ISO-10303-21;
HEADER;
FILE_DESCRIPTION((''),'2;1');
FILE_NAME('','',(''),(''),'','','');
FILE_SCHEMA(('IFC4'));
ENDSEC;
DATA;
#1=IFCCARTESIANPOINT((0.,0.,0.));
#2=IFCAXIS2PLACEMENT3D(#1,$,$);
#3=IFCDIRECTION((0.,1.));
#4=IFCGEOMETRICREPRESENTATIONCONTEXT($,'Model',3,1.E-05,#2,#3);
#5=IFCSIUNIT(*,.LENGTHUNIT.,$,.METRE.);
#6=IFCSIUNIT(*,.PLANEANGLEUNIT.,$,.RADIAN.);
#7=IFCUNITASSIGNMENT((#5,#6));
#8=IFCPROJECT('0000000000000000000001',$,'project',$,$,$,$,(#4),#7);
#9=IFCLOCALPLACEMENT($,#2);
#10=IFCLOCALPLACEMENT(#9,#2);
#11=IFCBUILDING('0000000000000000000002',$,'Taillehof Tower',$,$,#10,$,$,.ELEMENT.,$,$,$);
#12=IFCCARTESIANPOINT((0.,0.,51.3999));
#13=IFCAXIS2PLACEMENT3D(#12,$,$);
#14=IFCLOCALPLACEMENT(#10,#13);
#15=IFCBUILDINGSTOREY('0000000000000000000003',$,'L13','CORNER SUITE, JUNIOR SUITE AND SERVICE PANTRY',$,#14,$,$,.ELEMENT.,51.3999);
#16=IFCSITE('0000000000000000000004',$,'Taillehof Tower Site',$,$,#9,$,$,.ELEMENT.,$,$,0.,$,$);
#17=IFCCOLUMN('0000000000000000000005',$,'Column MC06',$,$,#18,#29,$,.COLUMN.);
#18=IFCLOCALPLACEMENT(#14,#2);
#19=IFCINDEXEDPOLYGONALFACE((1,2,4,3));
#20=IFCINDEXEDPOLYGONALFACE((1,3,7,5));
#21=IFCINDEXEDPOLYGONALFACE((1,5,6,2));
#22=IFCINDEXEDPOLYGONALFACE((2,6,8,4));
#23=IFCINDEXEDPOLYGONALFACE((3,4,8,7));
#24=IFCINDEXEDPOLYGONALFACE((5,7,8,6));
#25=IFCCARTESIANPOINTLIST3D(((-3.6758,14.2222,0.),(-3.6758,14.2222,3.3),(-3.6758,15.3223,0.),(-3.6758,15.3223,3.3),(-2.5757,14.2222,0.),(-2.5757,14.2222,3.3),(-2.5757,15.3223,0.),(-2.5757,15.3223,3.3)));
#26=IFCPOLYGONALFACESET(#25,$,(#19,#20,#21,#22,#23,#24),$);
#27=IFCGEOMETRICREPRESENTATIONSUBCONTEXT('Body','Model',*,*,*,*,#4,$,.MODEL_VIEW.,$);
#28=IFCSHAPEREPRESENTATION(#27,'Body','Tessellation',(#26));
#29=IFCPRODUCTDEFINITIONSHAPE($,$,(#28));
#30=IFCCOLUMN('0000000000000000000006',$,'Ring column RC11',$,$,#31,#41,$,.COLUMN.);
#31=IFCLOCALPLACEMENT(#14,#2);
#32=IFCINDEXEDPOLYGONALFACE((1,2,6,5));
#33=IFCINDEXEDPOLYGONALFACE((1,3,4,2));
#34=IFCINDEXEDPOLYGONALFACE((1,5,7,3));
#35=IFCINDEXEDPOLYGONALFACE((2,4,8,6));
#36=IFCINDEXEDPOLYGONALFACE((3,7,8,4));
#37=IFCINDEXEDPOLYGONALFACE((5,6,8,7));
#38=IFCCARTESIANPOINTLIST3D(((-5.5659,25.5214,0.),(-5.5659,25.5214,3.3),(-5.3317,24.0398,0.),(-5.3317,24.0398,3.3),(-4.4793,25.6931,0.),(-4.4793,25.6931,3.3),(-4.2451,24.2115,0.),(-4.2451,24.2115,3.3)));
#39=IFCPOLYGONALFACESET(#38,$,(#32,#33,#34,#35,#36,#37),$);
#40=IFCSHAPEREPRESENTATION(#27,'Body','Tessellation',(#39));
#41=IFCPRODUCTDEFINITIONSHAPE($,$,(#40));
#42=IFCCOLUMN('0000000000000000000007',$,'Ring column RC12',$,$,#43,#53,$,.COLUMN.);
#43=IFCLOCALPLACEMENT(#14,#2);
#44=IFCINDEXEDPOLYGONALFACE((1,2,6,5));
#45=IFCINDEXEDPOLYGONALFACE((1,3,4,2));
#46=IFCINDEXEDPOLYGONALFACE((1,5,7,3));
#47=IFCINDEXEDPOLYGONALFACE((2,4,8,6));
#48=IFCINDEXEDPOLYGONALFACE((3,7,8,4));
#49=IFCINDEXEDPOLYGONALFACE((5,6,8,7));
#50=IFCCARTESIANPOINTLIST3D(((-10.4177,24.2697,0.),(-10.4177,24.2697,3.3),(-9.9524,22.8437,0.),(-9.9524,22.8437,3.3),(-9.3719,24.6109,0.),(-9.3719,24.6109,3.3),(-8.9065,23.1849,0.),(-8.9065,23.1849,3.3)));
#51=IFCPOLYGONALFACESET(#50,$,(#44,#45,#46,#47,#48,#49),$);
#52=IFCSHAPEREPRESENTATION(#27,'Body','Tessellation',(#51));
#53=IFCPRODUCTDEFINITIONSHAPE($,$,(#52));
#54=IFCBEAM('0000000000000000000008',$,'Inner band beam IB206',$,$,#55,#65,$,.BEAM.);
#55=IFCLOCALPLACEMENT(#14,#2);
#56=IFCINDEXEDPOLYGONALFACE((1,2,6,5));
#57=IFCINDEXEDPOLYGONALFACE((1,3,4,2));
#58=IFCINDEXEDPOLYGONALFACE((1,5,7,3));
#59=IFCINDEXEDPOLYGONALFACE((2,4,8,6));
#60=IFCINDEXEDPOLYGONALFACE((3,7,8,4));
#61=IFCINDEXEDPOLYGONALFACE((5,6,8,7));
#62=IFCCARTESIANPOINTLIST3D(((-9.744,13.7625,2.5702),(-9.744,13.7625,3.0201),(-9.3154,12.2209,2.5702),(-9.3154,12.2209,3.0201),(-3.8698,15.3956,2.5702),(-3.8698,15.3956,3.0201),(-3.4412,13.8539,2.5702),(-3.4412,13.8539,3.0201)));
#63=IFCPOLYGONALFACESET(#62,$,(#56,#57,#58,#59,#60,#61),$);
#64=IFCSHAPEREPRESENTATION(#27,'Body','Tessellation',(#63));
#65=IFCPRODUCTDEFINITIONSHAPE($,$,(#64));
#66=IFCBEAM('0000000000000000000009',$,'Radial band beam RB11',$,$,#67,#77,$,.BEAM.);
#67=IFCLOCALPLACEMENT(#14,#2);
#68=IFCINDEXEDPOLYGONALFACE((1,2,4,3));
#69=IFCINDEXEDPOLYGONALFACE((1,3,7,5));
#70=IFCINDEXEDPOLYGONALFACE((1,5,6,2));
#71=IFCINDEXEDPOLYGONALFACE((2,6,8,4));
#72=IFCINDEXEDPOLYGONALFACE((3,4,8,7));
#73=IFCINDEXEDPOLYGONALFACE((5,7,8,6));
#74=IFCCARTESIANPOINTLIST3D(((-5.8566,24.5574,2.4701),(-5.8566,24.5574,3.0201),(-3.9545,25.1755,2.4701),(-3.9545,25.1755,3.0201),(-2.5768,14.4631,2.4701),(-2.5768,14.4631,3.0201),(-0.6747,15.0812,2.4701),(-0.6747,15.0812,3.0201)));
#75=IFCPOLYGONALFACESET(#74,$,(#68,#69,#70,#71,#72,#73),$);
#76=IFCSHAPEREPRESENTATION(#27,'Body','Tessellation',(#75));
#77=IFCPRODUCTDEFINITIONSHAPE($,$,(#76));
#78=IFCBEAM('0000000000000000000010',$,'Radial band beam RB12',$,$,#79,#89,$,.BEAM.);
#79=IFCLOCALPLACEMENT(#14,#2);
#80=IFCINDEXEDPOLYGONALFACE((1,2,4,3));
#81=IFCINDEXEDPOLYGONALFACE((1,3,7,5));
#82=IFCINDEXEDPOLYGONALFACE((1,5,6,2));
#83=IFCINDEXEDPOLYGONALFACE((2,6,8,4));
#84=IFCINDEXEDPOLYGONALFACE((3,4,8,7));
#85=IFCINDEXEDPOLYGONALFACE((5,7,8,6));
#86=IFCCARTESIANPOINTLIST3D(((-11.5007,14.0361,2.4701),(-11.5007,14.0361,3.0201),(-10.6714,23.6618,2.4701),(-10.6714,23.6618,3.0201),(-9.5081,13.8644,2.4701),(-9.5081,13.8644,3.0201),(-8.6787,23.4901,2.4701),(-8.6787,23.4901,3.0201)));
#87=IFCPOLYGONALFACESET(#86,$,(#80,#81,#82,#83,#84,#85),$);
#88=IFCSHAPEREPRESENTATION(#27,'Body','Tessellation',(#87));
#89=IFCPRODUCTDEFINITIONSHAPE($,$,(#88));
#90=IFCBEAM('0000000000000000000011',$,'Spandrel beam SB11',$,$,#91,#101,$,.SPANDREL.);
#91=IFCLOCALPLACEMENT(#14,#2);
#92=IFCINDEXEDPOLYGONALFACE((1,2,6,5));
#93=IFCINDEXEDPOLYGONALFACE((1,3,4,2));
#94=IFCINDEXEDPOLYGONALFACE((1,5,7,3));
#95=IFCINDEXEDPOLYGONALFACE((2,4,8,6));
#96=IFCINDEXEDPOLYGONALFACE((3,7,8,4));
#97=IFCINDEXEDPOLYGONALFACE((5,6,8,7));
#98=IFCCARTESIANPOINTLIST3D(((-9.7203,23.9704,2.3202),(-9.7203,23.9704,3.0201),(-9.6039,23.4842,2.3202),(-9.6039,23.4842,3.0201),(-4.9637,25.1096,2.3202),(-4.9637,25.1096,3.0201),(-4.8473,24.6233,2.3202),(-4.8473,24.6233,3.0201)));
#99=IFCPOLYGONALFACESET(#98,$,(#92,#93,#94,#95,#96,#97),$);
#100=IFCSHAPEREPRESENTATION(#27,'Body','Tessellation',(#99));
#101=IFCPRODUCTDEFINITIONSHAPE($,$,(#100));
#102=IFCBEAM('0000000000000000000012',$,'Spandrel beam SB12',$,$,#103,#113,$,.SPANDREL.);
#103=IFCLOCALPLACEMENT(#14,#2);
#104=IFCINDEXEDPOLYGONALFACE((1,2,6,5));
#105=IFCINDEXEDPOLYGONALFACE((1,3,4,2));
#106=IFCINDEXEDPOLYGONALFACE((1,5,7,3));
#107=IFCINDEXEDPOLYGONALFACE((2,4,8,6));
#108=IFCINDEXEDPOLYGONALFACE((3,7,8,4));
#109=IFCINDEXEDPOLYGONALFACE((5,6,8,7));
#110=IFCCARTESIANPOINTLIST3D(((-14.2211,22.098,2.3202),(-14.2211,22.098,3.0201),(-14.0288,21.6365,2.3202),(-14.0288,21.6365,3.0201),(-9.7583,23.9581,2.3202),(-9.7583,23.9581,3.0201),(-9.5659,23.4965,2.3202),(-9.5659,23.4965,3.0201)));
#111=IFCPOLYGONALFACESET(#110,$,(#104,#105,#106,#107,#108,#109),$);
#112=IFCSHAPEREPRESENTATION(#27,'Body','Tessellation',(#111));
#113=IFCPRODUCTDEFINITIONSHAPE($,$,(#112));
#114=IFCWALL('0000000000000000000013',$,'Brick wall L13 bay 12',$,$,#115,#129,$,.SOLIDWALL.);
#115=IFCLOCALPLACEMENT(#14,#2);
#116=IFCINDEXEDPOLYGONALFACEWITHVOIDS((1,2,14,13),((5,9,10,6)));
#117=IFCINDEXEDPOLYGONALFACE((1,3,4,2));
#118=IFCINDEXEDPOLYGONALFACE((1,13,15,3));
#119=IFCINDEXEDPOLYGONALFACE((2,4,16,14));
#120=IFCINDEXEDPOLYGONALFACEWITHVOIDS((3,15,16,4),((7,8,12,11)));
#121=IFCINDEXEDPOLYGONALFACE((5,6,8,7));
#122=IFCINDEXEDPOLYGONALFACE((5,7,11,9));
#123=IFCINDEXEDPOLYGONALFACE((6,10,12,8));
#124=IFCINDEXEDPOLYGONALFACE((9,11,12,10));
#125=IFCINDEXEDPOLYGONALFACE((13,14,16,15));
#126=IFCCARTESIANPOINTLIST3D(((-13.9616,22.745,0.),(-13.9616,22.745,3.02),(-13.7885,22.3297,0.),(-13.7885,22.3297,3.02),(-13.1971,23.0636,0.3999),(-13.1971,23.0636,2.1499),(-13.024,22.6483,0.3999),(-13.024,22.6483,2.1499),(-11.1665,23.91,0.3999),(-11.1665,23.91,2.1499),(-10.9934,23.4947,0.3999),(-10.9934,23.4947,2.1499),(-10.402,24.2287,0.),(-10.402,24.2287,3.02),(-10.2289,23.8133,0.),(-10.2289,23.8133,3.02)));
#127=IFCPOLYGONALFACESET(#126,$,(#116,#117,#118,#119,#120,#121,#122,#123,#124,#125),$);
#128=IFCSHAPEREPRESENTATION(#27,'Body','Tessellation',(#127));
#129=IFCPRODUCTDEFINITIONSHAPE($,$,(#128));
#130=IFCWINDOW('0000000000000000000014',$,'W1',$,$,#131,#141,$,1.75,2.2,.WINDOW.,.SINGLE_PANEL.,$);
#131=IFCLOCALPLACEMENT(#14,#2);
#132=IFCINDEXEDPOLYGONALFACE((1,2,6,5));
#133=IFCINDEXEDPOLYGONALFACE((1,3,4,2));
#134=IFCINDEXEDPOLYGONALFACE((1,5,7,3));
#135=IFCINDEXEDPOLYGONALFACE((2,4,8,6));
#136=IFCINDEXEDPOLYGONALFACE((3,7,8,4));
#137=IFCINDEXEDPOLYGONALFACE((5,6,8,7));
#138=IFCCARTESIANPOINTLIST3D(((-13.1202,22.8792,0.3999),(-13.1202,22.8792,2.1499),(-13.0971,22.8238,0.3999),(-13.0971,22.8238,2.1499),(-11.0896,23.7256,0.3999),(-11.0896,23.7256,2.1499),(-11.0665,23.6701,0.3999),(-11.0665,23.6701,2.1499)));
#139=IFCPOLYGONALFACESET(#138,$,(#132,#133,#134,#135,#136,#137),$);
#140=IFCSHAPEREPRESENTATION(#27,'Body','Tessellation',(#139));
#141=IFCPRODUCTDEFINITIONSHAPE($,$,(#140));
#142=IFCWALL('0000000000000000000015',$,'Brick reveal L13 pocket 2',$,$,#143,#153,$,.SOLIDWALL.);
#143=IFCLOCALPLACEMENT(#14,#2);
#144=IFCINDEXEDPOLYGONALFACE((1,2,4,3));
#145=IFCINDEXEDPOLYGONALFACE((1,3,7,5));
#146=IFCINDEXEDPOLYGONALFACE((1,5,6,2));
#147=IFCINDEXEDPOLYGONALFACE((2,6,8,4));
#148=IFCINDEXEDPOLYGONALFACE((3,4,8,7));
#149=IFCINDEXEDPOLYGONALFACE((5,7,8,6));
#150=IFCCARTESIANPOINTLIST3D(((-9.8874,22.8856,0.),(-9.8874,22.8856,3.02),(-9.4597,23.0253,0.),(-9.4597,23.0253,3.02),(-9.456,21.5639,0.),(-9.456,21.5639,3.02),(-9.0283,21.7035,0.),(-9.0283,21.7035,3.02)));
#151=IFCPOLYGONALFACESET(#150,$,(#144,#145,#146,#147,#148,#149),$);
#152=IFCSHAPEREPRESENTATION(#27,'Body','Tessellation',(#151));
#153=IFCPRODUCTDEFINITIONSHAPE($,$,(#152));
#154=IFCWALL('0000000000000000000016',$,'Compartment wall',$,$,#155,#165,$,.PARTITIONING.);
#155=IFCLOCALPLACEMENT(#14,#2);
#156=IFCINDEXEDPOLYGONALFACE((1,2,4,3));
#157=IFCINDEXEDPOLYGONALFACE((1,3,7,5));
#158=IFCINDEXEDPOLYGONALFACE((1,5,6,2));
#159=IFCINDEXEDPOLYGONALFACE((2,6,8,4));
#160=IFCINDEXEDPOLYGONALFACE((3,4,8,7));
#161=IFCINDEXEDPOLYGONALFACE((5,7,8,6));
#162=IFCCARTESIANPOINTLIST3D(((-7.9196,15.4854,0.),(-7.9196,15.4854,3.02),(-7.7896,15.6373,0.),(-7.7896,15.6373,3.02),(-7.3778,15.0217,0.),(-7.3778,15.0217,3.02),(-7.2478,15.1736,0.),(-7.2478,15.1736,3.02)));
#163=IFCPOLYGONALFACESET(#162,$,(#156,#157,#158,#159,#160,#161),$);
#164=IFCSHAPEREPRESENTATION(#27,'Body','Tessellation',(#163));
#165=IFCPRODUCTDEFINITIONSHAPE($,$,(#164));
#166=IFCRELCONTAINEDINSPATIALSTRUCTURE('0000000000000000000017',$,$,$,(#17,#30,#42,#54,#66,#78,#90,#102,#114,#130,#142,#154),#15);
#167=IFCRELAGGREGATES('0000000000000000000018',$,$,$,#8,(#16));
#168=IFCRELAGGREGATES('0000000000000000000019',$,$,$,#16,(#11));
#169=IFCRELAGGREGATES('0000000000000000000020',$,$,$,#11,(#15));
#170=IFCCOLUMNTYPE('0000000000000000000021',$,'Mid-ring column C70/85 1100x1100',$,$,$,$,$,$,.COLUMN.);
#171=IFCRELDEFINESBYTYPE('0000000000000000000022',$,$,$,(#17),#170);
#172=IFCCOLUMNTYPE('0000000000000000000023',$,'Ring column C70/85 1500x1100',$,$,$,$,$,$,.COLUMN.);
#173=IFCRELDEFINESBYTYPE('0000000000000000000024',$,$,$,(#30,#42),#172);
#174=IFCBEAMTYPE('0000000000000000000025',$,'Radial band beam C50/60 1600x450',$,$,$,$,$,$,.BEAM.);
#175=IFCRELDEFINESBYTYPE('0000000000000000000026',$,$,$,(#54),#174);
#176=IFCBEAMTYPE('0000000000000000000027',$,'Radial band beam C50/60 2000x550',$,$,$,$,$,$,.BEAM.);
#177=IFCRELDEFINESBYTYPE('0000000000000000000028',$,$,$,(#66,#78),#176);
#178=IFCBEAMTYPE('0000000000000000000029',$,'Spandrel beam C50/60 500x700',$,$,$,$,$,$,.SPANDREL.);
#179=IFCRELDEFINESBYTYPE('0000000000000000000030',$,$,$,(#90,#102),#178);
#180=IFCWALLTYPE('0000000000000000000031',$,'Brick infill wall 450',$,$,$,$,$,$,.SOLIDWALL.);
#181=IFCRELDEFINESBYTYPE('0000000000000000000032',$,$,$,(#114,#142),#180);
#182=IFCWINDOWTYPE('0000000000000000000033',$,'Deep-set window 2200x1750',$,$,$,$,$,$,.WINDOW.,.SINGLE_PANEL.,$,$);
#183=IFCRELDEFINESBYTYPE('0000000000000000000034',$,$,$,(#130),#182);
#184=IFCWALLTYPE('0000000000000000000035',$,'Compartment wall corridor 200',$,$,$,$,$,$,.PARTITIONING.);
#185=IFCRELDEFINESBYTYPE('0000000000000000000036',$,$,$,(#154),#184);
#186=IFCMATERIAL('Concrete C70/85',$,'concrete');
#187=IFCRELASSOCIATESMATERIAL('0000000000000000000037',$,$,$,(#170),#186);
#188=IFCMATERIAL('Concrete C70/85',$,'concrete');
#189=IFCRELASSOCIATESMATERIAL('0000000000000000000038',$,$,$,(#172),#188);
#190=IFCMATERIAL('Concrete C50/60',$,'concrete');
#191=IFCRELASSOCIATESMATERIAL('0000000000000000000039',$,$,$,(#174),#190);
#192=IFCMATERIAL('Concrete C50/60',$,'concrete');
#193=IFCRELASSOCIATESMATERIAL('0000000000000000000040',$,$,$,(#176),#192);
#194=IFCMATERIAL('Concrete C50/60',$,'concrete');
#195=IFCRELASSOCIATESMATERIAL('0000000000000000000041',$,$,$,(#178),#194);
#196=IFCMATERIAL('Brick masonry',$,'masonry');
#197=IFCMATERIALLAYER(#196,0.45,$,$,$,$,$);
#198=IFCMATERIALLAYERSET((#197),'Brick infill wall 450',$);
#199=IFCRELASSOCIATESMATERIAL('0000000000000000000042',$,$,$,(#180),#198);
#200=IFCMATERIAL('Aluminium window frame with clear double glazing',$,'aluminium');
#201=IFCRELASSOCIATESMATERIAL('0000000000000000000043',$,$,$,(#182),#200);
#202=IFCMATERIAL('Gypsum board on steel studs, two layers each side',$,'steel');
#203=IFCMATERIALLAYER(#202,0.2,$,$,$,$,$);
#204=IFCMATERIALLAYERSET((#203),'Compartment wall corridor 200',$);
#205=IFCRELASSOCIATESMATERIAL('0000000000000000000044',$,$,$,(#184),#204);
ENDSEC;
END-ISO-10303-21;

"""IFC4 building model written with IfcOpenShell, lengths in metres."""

from ifc_helpers import new_model, si_unit, direction, frame, frame_2d, origin, origin_2d, place, context, subcontext, project, spatial, rectangle, extrude, material, layer, layer_set, material_profile, profile_set, type_object, element, fill, save


model = new_model("IFC4")

# Units and contexts
model_context = context("Model", 3, precision=1e-05, world=origin(), true_north=direction((0.0, 1.0)))
body_context = subcontext(model_context, "Body", "Model", "MODEL_VIEW")
ifc_project = project(units=[si_unit("LENGTHUNIT", "METRE"), si_unit("PLANEANGLEUNIT", "RADIAN")], contexts=[model_context])

# Site, building, storey
site_placement = place(None, origin())
site = spatial("IfcSite", under=ifc_project, at=site_placement, Name="Taillehof Tower Site", CompositionType="ELEMENT", RefElevation=0.0)
building_placement = place(site_placement, origin())
building = spatial("IfcBuilding", under=site, at=building_placement, Name="Taillehof Tower", CompositionType="ELEMENT")
storey_placement = place(building_placement, frame((0.0, 0.0, 51.3999)))
storey = spatial("IfcBuildingStorey", under=building, at=storey_placement, Name="L13", Description="CORNER SUITE, JUNIOR SUITE AND SERVICE PANTRY", CompositionType="ELEMENT", Elevation=51.3999)

# Columns
ifc_material_1 = material(Name="Concrete C70/85", Category="concrete")
ifc_material_profile_1 = material_profile(ifc_material_1, rectangle(XDim=1.1001, YDim=1.1001, at=origin_2d()), Name="RC 1100x1100")
ifc_profile_set_1 = profile_set([ifc_material_profile_1], Name="Concrete C70/85")
column_type_1 = type_object("IfcColumnType", Name="Mid-ring column C70/85 1100x1100", PredefinedType="COLUMN", material=ifc_profile_set_1)
column_placement = place(storey_placement, frame((-3.1257, 14.7722, 0.0), z_axis=(0.0, 0.0, 1.0), x_axis=(1.0, 0.0, 0.0)))
element("IfcColumn", 1, at=column_placement, inside=storey, type_object=column_type_1, Name="Column MC06", PredefinedType="COLUMN", context=body_context, shape_type="SweptSolid", body=[
    extrude(rectangle(XDim=1.1001, YDim=1.1001, at=origin_2d()), origin(), (0.0, 0.0, 1.0), 3.3),
])
ifc_material_2 = material(Name="Concrete C70/85", Category="concrete")
ifc_material_profile_2 = material_profile(ifc_material_2, rectangle(XDim=1.5, YDim=1.1001, at=origin_2d()), Name="RC 1500x1100")
ifc_profile_set_2 = profile_set([ifc_material_profile_2], Name="Concrete C70/85")
column_type_2 = type_object("IfcColumnType", Name="Ring column C70/85 1500x1100", PredefinedType="COLUMN", material=ifc_profile_set_2)
for number, where, z_axis, x_axis, name in (
    (2, (-4.9055, 24.8665, 0.0), (0.0, 0.0, 1.0), (-0.156147, 0.987734, 0.0), "Ring column RC11"),
    (3, (-9.6621, 23.7273, 0.0), (0.0, 0.0, 1.0), (-0.310219, 0.950665, 0.0), "Ring column RC12"),
):
    element("IfcColumn", number, at=place(storey_placement, frame(where, z_axis=z_axis, x_axis=x_axis)), inside=storey, type_object=column_type_2, Name=name, PredefinedType="COLUMN", context=body_context, shape_type="SweptSolid", body=[
        extrude(rectangle(XDim=1.5, YDim=1.1001, at=origin_2d()), origin(), (0.0, 0.0, 1.0), 3.3),
    ])

# Beams
ifc_material_3 = material(Name="Concrete C50/60", Category="concrete")
ifc_material_profile_3 = material_profile(ifc_material_3, rectangle(XDim=1.6001, YDim=0.45, at=origin_2d()), Name="RC 1600x450")
ifc_profile_set_3 = profile_set([ifc_material_profile_3], Name="Concrete C50/60")
beam_type_1 = type_object("IfcBeamType", Name="Radial band beam C50/60 1600x450", PredefinedType="BEAM", material=ifc_profile_set_3)
beam_1_placement = place(storey_placement, frame((-3.6555, 14.6248, 2.7952), z_axis=(-0.963459, -0.267855, 0.0), x_axis=(0.267855, -0.963459, 0.0)))
element("IfcBeam", 4, at=beam_1_placement, inside=storey, type_object=beam_type_1, Name="Inner band beam IB206", PredefinedType="BEAM", context=body_context, shape_type="SweptSolid", body=[
    extrude(rectangle(XDim=1.6001, YDim=0.45, at=origin_2d()), origin(), (0.0, 0.0, 1.0), 6.0969),
])
ifc_material_4 = material(Name="Concrete C50/60", Category="concrete")
ifc_material_profile_4 = material_profile(ifc_material_4, rectangle(XDim=2.0, YDim=0.55, at=origin_2d()), Name="RC 2000x550")
ifc_profile_set_4 = profile_set([ifc_material_profile_4], Name="Concrete C50/60")
beam_type_2 = type_object("IfcBeamType", Name="Radial band beam C50/60 2000x550", PredefinedType="BEAM", material=ifc_profile_set_4)
beam_2_placement = place(storey_placement, frame((-4.9055, 24.8665, 2.7451), z_axis=(0.309014, -0.951057, 0.0), x_axis=(0.951057, 0.309014, 0.0)))
element("IfcBeam", 5, at=beam_2_placement, inside=storey, type_object=beam_type_2, Name="Radial band beam RB11", PredefinedType="BEAM", context=body_context, shape_type="SweptSolid", body=[
    extrude(rectangle(XDim=2.0, YDim=0.55, at=origin_2d()), origin(), (0.0, 0.0, 1.0), 10.6138),
])
beam_3_placement = place(storey_placement, frame((-9.675, 23.5759, 2.7451), z_axis=(-0.085841, -0.996309, 0.0), x_axis=(0.996309, -0.085841, 0.0)))
element("IfcBeam", 6, at=beam_3_placement, inside=storey, type_object=beam_type_2, Name="Radial band beam RB12", PredefinedType="BEAM", context=body_context, shape_type="SweptSolid", body=[
    extrude(rectangle(XDim=2.0, YDim=0.55, at=origin_2d()), origin(), (0.0, 0.0, 1.0), 9.6614),
])
ifc_material_5 = material(Name="Concrete C50/60", Category="concrete")
ifc_material_profile_5 = material_profile(ifc_material_5, rectangle(XDim=0.5, YDim=0.7, at=origin_2d()), Name="RC 500x700")
ifc_profile_set_5 = profile_set([ifc_material_profile_5], Name="Concrete C50/60")
beam_type_3 = type_object("IfcBeamType", Name="Spandrel beam C50/60 500x700", PredefinedType="SPANDREL", material=ifc_profile_set_5)
beam_4_placement = place(storey_placement, frame((-4.9055, 24.8665, 2.6702), z_axis=(-0.9725, -0.232905, 0.0), x_axis=(0.232905, -0.9725, 0.0)))
element("IfcBeam", 7, at=beam_4_placement, inside=storey, type_object=beam_type_3, Name="Spandrel beam SB11", PredefinedType="SPANDREL", context=body_context, shape_type="SweptSolid", body=[
    extrude(rectangle(XDim=0.5, YDim=0.7, at=origin_2d()), origin(), (0.0, 0.0, 1.0), 4.8911),
])
beam_5_placement = place(storey_placement, frame((-9.6621, 23.7273, 2.6702), z_axis=(-0.923035, -0.384716, 0.0), x_axis=(0.384716, -0.923035, 0.0)))
element("IfcBeam", 8, at=beam_5_placement, inside=storey, type_object=beam_type_3, Name="Spandrel beam SB12", PredefinedType="SPANDREL", context=body_context, shape_type="SweptSolid", body=[
    extrude(rectangle(XDim=0.5, YDim=0.7, at=origin_2d()), origin(), (0.0, 0.0, 1.0), 4.835),
])

# Wall, opening, window
ifc_material_6 = material(Name="Brick masonry", Category="masonry")
ifc_layer_1 = layer(ifc_material_6, 0.45)
ifc_layer_set_1 = layer_set([ifc_layer_1], Name="Brick infill wall 450")
wall_type_1 = type_object("IfcWallType", Name="Brick infill wall 450", PredefinedType="SOLIDWALL", material=ifc_layer_set_1)
wall_1_placement = place(storey_placement, frame((-10.3154, 24.021, 0.0), z_axis=(0.0, 0.0, 1.0), x_axis=(-0.923032, -0.384723, 0.0)))
wall_1 = element("IfcWall", 9, at=wall_1_placement, inside=storey, type_object=wall_type_1, Name="Brick wall L13 bay 12", PredefinedType="SOLIDWALL", context=body_context, shape_type="SweptSolid", body=[
    extrude(rectangle(XDim=3.8564, YDim=0.45, at=frame_2d((1.9282, 0.0))), origin(), (0.0, 0.0, 1.0), 3.02),
])
opening_1_placement = place(wall_1_placement, frame((0.8281, 0.0, 0.3999)))
opening_1 = element("IfcOpeningElement", 10, at=opening_1_placement, cuts=wall_1, PredefinedType="OPENING", context=body_context, shape_type="SweptSolid", body=[
    extrude(rectangle(XDim=2.2, YDim=1.75, at=frame_2d((1.1001, 0.875))), frame((0.0, 0.2349, 0.0), z_axis=(0.0, -1.0, 0.0), x_axis=(1.0, 0.0, 0.0)), (0.0, 0.0, 1.0), 0.47),
])
ifc_material_7 = material(Name="Aluminium window frame with clear double glazing", Category="aluminium")
window_type_1 = type_object("IfcWindowType", Name="Deep-set window 2200x1750", PartitioningType="SINGLE_PANEL", PredefinedType="WINDOW", material=ifc_material_7)
window_1_placement = place(opening_1_placement, origin())
window_1 = element("IfcWindow", 11, at=window_1_placement, inside=storey, type_object=window_type_1, Name="W1", OverallHeight=1.75, OverallWidth=2.2, PartitioningType="SINGLE_PANEL", PredefinedType="WINDOW", context=body_context, shape_type="SweptSolid", body=[
    extrude(rectangle(XDim=2.2, YDim=1.75, at=frame_2d((1.1001, 0.875))), frame((0.0, 0.0349, 0.0), z_axis=(0.0, -1.0, 0.0), x_axis=(1.0, 0.0, 0.0)), (0.0, 0.0, 1.0), 0.0601),
])
fill(opening_1, window_1)

# Wall
wall_2_placement = place(storey_placement, frame((-9.6736, 22.9556, 0.0), z_axis=(0.0, 0.0, 1.0), x_axis=(0.310269, -0.950649, 0.0)))
element("IfcWall", 12, at=wall_2_placement, inside=storey, type_object=wall_type_1, Name="Brick reveal L13 pocket 2", PredefinedType="SOLIDWALL", context=body_context, shape_type="SweptSolid", body=[
    extrude(rectangle(XDim=1.3904, YDim=0.45, at=frame_2d((0.6953, 0.0))), origin(), (0.0, 0.0, 1.0), 3.02),
])

# Wall
ifc_material_8 = material(Name="Gypsum board on steel studs, two layers each side", Category="steel")
ifc_layer_2 = layer(ifc_material_8, 0.2)
ifc_layer_set_2 = layer_set([ifc_layer_2], Name="Compartment wall corridor 200")
wall_type_2 = type_object("IfcWallType", Name="Compartment wall corridor 200", PredefinedType="PARTITIONING", material=ifc_layer_set_2)
wall_3_placement = place(storey_placement, frame((-7.8545, 15.5613, 0.0), z_axis=(0.0, 0.0, 1.0), x_axis=(0.759764, -0.650199, 0.0)))
element("IfcWall", 13, at=wall_3_placement, inside=storey, type_object=wall_type_2, Name="Compartment wall", PredefinedType="PARTITIONING", context=body_context, shape_type="SweptSolid", body=[
    extrude(rectangle(XDim=0.7131, YDim=0.2, at=frame_2d((0.3564, 0.0))), origin(), (0.0, 0.0, 1.0), 3.02),
])

save(model, "model.ifc")
